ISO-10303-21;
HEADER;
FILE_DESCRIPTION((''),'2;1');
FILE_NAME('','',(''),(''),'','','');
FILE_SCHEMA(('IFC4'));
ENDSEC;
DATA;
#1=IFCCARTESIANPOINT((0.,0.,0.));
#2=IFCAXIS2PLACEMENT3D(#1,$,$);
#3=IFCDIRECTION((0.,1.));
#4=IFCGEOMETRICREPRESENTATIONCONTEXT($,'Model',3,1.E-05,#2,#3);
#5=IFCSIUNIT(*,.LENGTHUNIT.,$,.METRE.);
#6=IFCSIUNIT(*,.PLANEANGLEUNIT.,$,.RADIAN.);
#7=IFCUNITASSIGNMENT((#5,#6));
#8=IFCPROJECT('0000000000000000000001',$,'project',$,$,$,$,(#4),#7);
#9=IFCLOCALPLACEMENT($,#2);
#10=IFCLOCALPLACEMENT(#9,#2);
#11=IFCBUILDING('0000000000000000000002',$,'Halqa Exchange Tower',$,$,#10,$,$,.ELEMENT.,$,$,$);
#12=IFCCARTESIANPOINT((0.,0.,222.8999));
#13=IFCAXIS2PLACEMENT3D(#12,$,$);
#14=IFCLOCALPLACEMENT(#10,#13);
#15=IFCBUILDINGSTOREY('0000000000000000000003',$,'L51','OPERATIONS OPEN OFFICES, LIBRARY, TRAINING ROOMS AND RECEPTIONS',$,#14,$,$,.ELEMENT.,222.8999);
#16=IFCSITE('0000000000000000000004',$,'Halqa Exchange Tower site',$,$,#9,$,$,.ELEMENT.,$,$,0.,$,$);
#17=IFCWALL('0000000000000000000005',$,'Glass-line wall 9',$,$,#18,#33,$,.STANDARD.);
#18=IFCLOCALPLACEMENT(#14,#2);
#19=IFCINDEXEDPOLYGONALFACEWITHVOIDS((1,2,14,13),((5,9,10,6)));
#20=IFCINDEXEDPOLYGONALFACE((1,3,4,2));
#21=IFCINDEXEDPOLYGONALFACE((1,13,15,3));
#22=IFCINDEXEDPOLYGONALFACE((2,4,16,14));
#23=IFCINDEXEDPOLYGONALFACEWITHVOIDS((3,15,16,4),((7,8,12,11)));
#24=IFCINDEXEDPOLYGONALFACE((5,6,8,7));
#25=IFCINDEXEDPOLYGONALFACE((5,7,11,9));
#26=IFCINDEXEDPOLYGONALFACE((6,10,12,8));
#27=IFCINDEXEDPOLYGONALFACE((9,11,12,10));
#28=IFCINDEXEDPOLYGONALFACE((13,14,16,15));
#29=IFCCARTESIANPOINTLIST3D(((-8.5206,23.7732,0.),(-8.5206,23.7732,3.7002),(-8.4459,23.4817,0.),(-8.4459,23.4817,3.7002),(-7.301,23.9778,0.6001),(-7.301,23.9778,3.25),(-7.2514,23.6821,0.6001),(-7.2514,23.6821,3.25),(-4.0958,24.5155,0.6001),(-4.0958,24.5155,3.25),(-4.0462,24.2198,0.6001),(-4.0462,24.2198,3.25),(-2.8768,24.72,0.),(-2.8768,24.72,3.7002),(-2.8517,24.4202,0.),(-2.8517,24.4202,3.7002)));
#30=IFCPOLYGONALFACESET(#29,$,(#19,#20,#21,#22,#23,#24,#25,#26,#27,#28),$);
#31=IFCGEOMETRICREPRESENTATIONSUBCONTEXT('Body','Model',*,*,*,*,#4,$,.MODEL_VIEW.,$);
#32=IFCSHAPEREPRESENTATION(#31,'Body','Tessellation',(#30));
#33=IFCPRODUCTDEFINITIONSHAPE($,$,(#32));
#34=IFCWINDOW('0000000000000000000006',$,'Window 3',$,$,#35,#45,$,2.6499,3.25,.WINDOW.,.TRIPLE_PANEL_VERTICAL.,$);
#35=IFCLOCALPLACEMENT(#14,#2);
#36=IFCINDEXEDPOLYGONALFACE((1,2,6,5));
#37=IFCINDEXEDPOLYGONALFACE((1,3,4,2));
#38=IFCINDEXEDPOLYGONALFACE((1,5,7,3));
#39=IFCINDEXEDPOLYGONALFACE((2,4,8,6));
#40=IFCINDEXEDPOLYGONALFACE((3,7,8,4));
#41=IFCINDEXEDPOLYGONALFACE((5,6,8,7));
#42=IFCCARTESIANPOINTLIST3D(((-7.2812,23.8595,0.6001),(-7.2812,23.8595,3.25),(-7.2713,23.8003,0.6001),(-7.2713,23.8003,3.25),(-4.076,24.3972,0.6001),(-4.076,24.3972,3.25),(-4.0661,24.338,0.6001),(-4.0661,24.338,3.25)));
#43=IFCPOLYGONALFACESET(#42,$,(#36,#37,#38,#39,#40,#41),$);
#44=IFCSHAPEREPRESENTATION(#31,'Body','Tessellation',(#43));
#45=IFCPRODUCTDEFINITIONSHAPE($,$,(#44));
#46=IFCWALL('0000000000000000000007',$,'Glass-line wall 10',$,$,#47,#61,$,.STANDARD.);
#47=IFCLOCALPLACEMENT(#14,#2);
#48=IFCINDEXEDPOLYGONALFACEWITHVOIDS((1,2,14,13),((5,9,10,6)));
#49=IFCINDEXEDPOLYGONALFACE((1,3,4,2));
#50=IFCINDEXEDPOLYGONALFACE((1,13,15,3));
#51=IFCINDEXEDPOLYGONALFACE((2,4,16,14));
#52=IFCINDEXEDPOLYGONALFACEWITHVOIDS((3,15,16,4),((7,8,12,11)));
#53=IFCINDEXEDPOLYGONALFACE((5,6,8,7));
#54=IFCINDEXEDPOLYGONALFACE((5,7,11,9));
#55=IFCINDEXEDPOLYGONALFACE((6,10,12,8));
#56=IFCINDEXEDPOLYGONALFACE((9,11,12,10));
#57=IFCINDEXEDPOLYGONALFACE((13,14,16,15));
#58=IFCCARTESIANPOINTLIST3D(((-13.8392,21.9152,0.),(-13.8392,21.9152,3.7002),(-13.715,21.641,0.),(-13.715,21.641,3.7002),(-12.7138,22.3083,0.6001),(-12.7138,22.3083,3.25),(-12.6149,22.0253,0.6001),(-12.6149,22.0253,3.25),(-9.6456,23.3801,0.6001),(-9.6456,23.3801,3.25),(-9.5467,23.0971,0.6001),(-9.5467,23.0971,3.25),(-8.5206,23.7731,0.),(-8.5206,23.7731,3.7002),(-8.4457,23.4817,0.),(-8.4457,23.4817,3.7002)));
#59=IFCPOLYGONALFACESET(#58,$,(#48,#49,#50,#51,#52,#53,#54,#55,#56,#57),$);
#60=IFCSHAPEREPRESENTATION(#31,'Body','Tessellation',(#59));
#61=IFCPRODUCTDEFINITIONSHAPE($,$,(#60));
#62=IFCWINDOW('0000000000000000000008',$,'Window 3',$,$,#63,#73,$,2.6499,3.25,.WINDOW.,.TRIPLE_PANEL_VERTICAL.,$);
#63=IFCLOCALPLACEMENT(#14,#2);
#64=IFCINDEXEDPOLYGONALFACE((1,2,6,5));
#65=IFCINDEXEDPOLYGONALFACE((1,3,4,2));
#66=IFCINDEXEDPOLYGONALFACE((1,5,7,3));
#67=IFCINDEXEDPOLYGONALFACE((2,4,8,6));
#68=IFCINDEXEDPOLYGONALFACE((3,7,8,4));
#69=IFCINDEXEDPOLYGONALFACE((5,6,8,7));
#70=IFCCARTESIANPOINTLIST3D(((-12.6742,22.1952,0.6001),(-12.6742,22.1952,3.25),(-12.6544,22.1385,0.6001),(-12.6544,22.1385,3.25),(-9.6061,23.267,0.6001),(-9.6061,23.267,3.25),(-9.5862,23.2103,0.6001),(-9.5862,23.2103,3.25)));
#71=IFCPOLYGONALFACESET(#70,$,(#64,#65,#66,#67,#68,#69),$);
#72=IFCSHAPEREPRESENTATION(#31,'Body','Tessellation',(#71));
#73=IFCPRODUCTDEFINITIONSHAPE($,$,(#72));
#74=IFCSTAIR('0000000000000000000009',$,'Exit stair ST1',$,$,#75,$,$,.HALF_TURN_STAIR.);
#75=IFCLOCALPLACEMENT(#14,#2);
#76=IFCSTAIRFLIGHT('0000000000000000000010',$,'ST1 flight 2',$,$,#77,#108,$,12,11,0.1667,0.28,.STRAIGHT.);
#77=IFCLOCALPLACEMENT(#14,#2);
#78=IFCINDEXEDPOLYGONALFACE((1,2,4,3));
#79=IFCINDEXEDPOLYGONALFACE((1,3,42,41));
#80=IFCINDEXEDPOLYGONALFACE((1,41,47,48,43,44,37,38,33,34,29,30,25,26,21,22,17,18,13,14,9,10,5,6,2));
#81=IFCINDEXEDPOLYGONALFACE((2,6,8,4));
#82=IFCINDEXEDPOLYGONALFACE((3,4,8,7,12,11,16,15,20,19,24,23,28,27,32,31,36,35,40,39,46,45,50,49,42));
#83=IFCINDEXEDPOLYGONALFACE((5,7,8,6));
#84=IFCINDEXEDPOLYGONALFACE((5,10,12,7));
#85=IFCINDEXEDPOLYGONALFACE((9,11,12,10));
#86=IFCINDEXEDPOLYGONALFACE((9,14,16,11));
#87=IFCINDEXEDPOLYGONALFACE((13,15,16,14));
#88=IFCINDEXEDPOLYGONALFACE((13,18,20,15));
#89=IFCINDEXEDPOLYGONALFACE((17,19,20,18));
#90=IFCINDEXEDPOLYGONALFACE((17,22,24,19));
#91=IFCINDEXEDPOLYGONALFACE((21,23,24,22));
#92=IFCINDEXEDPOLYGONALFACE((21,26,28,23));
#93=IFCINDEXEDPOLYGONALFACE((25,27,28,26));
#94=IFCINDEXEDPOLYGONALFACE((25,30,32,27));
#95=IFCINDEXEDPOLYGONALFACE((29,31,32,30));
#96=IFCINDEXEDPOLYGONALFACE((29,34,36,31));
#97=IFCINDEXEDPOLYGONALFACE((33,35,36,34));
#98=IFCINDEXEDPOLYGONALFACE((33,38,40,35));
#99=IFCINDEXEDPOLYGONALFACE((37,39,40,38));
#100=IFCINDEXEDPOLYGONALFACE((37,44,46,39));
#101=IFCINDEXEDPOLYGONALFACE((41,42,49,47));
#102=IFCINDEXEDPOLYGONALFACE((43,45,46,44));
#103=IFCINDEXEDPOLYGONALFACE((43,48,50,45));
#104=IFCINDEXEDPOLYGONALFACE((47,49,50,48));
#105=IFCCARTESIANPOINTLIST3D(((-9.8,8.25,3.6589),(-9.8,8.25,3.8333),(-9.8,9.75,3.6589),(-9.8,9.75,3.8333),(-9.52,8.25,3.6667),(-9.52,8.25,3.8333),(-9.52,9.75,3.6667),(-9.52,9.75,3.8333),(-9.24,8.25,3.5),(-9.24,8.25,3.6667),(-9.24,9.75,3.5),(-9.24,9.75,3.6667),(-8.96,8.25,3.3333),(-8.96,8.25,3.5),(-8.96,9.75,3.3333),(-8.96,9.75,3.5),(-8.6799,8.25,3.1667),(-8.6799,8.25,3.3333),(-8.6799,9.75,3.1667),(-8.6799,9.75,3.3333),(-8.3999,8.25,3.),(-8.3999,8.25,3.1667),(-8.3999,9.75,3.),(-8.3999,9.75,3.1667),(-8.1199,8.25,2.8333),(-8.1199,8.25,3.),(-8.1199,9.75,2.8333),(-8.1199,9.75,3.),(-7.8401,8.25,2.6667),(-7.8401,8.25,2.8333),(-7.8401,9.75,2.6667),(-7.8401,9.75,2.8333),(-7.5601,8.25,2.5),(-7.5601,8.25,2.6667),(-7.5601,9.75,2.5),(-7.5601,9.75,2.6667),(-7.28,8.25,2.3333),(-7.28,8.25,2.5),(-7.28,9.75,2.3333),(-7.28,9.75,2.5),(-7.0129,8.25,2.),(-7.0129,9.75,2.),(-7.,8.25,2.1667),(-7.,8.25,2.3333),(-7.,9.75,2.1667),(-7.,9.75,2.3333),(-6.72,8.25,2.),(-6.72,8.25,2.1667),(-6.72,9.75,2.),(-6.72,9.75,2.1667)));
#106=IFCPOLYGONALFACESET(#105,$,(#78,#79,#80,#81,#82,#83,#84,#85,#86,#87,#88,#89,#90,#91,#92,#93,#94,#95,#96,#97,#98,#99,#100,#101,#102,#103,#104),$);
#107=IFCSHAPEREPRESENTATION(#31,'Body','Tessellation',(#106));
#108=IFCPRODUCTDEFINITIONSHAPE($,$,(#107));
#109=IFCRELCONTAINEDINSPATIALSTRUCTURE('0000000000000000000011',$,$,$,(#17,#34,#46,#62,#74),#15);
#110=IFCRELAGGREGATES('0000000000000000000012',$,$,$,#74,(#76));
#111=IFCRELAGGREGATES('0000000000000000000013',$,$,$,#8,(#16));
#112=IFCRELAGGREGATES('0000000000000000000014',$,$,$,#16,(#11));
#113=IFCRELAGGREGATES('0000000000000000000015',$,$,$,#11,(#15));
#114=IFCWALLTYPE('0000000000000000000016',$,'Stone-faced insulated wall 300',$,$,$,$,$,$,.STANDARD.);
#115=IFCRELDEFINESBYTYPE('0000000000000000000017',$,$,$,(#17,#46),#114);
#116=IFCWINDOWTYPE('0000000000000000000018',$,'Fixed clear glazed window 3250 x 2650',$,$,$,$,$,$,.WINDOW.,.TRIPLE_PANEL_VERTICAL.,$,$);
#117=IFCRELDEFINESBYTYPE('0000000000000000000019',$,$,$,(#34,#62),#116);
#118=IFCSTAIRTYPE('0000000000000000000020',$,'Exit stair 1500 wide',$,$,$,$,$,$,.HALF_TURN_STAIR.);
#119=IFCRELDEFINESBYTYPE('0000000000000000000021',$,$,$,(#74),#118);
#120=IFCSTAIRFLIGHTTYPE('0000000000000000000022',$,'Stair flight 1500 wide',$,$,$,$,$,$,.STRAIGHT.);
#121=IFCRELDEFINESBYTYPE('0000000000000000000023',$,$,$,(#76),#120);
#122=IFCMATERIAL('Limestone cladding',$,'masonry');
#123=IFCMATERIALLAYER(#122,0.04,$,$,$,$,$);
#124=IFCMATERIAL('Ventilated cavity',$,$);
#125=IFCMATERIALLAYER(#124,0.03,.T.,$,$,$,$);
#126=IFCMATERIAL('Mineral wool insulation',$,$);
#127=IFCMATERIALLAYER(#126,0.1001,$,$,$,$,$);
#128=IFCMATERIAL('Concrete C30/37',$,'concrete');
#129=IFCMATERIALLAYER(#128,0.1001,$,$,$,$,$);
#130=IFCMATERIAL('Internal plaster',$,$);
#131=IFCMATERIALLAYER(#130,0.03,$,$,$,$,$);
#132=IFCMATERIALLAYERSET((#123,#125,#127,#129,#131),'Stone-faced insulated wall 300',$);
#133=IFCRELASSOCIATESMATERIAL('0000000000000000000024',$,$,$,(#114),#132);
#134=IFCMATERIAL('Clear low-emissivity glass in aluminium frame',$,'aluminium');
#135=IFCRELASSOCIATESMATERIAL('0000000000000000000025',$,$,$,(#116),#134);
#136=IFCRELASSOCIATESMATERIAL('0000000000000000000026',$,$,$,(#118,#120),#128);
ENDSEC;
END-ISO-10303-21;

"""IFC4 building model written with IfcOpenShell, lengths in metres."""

from ifc_helpers import new_model, si_unit, direction, frame, frame_2d, origin, place, context, subcontext, project, spatial, polyline, rectangle, outline, extrude, material, layer, layer_set, type_object, element, fill, aggregate, save


model = new_model("IFC4")

# Units and contexts
model_context = context("Model", 3, precision=1e-05, world=origin(), true_north=direction((0.0, 1.0)))
body_context = subcontext(model_context, "Body", "Model", "MODEL_VIEW")
ifc_project = project(units=[si_unit("LENGTHUNIT", "METRE"), si_unit("PLANEANGLEUNIT", "RADIAN")], contexts=[model_context])

# Site, building, storey
site_placement = place(None, origin())
site = spatial("IfcSite", under=ifc_project, at=site_placement, Name="Halqa Exchange Tower site", CompositionType="ELEMENT", RefElevation=0.0)
building_placement = place(site_placement, origin())
building = spatial("IfcBuilding", under=site, at=building_placement, Name="Halqa Exchange Tower", CompositionType="ELEMENT")
storey_placement = place(building_placement, frame((0.0, 0.0, 222.8999)))
storey = spatial("IfcBuildingStorey", under=building, at=storey_placement, Name="L51", Description="OPERATIONS OPEN OFFICES, LIBRARY, TRAINING ROOMS AND RECEPTIONS", CompositionType="ELEMENT", Elevation=222.8999)

# Shared definitions
ifc_material_1 = material(Name="Concrete C30/37", Category="concrete")

# Walls, openings, windows
ifc_material_2 = material(Name="Limestone cladding", Category="masonry")
ifc_layer_1 = layer(ifc_material_2, 0.04)
ifc_material_3 = material(Name="Ventilated cavity")
ifc_layer_2 = layer(ifc_material_3, 0.03, ventilated=True)
ifc_material_4 = material(Name="Mineral wool insulation")
ifc_layer_3 = layer(ifc_material_4, 0.1001)
ifc_layer_4 = layer(ifc_material_1, 0.1001)
ifc_material_5 = material(Name="Internal plaster")
ifc_layer_5 = layer(ifc_material_5, 0.03)
ifc_layer_set_1 = layer_set([ifc_layer_1, ifc_layer_2, ifc_layer_3, ifc_layer_4, ifc_layer_5], Name="Stone-faced insulated wall 300")
wall_type_1 = type_object("IfcWallType", Name="Stone-faced insulated wall 300", PredefinedType="STANDARD", material=ifc_layer_set_1)
wall_1_placement = place(storey_placement, frame((-2.8643, 24.5701, 0.0), z_axis=(0.0, 0.0, 1.0), x_axis=(-0.986218, -0.165448, 0.0)))
wall_1 = element("IfcWall", 1, at=wall_1_placement, inside=storey, type_object=wall_type_1, Name="Glass-line wall 9", PredefinedType="STANDARD", context=body_context, shape_type="SweptSolid", body=[
    extrude(outline(polyline([(-0.0125, -0.1499), (5.7102, -0.1499), (5.6848, 0.1499), (0.0125, 0.1499), (-0.0125, -0.1499)])), origin(), (0.0, 0.0, 1.0), 3.7002),
])
opening_1_placement = place(wall_1_placement, frame((1.2236, 0.0, 0.6001)))
opening_1 = element("IfcOpeningElement", 2, at=opening_1_placement, cuts=wall_1, PredefinedType="OPENING", context=body_context, shape_type="SweptSolid", body=[
    extrude(rectangle(XDim=3.25, YDim=2.6499, at=frame_2d((1.625, 1.325))), frame((0.0, 0.1621, 0.0), z_axis=(0.0, -1.0, 0.0), x_axis=(1.0, 0.0, 0.0)), (0.0, 0.0, 1.0), 0.324),
])
ifc_material_6 = material(Name="Clear low-emissivity glass in aluminium frame", Category="aluminium")
window_type = type_object("IfcWindowType", Name="Fixed clear glazed window 3250 x 2650", PartitioningType="TRIPLE_PANEL_VERTICAL", PredefinedType="WINDOW", material=ifc_material_6)
window_1_placement = place(opening_1_placement, origin())
window_1 = element("IfcWindow", 3, at=window_1_placement, inside=storey, type_object=window_type, Name="Window 3", OverallHeight=2.6499, OverallWidth=3.25, PartitioningType="TRIPLE_PANEL_VERTICAL", PredefinedType="WINDOW", context=body_context, shape_type="SweptSolid", body=[
    extrude(rectangle(XDim=3.25, YDim=2.6499, at=frame_2d((1.625, 1.325))), frame((0.0, 0.03, 0.0), z_axis=(0.0, -1.0, 0.0), x_axis=(1.0, 0.0, 0.0)), (0.0, 0.0, 1.0), 0.0601),
])
fill(opening_1, window_1)
wall_2_placement = place(storey_placement, frame((-8.4832, 23.6274, 0.0), z_axis=(0.0, 0.0, 1.0), x_axis=(-0.944054, -0.329792, 0.0)))
wall_2 = element("IfcWall", 4, at=wall_2_placement, inside=storey, type_object=wall_type_1, Name="Glass-line wall 10", PredefinedType="STANDARD", context=body_context, shape_type="SweptSolid", body=[
    extrude(outline(polyline([(-0.0127, -0.1499), (5.6211, -0.1499), (5.5942, 0.1499), (0.0127, 0.1499), (-0.0127, -0.1499)])), origin(), (0.0, 0.0, 1.0), 3.7002),
])
opening_2_placement = place(wall_2_placement, frame((1.179, 0.0, 0.6001)))
opening_2 = element("IfcOpeningElement", 5, at=opening_2_placement, cuts=wall_2, PredefinedType="OPENING", context=body_context, shape_type="SweptSolid", body=[
    extrude(rectangle(XDim=3.25, YDim=2.6499, at=frame_2d((1.625, 1.325))), frame((0.0, 0.1621, 0.0), z_axis=(0.0, -1.0, 0.0), x_axis=(1.0, 0.0, 0.0)), (0.0, 0.0, 1.0), 0.324),
])
window_2_placement = place(opening_2_placement, origin())
window_2 = element("IfcWindow", 6, at=window_2_placement, inside=storey, type_object=window_type, Name="Window 3", OverallHeight=2.6499, OverallWidth=3.25, PartitioningType="TRIPLE_PANEL_VERTICAL", PredefinedType="WINDOW", context=body_context, shape_type="SweptSolid", body=[
    extrude(rectangle(XDim=3.25, YDim=2.6499, at=frame_2d((1.625, 1.325))), frame((0.0, 0.03, 0.0), z_axis=(0.0, -1.0, 0.0), x_axis=(1.0, 0.0, 0.0)), (0.0, 0.0, 1.0), 0.0601),
])
fill(opening_2, window_2)

# Stair, stair flight
stair_type = type_object("IfcStairType", Name="Exit stair 1500 wide", PredefinedType="HALF_TURN_STAIR", material=ifc_material_1)
stair_placement = place(storey_placement, origin())
stair = element("IfcStair", 7, at=stair_placement, inside=storey, type_object=stair_type, Name="Exit stair ST1", PredefinedType="HALF_TURN_STAIR")
stair_flight_type = type_object("IfcStairFlightType", Name="Stair flight 1500 wide", PredefinedType="STRAIGHT", material=ifc_material_1)
stair_flight_placement = place(storey_placement, frame((-6.72, 9.0, 2.0), z_axis=(0.0, 0.0, 1.0), x_axis=(-1.0, 0.0, 0.0)))
stair_flight = element("IfcStairFlight", 8, at=stair_flight_placement, type_object=stair_flight_type, Name="ST1 flight 2", NumberOfRisers=12, NumberOfTreads=11, PredefinedType="STRAIGHT", RiserHeight=0.1667, TreadLength=0.28, context=body_context, shape_type="SweptSolid", body=[
    extrude(outline(polyline([(0.0, 0.0), (0.0, 0.1667), (0.28, 0.1667), (0.28, 0.3333), (0.5601, 0.3333), (0.5601, 0.5), (0.8401, 0.5), (0.8401, 0.6667), (1.1201, 0.6667), (1.1201, 0.8333), (1.3999, 0.8333), (1.3999, 1.0), (1.6799, 1.0), (1.6799, 1.1667), (1.96, 1.1667), (1.96, 1.3333), (2.24, 1.3333), (2.24, 1.5), (2.52, 1.5), (2.52, 1.6667), (2.8, 1.6667), (2.8, 1.8333), (3.0801, 1.8333), (3.0801, 2.0), (3.0801, 1.6589), (0.293, 0.0), (0.0, 0.0)])), frame((0.0, 0.75, 0.0), z_axis=(0.0, -1.0, 0.0), x_axis=(1.0, 0.0, 0.0)), (0.0, 0.0, 1.0), 1.5),
])
aggregate(stair, [stair_flight])

save(model, "model.ifc")
